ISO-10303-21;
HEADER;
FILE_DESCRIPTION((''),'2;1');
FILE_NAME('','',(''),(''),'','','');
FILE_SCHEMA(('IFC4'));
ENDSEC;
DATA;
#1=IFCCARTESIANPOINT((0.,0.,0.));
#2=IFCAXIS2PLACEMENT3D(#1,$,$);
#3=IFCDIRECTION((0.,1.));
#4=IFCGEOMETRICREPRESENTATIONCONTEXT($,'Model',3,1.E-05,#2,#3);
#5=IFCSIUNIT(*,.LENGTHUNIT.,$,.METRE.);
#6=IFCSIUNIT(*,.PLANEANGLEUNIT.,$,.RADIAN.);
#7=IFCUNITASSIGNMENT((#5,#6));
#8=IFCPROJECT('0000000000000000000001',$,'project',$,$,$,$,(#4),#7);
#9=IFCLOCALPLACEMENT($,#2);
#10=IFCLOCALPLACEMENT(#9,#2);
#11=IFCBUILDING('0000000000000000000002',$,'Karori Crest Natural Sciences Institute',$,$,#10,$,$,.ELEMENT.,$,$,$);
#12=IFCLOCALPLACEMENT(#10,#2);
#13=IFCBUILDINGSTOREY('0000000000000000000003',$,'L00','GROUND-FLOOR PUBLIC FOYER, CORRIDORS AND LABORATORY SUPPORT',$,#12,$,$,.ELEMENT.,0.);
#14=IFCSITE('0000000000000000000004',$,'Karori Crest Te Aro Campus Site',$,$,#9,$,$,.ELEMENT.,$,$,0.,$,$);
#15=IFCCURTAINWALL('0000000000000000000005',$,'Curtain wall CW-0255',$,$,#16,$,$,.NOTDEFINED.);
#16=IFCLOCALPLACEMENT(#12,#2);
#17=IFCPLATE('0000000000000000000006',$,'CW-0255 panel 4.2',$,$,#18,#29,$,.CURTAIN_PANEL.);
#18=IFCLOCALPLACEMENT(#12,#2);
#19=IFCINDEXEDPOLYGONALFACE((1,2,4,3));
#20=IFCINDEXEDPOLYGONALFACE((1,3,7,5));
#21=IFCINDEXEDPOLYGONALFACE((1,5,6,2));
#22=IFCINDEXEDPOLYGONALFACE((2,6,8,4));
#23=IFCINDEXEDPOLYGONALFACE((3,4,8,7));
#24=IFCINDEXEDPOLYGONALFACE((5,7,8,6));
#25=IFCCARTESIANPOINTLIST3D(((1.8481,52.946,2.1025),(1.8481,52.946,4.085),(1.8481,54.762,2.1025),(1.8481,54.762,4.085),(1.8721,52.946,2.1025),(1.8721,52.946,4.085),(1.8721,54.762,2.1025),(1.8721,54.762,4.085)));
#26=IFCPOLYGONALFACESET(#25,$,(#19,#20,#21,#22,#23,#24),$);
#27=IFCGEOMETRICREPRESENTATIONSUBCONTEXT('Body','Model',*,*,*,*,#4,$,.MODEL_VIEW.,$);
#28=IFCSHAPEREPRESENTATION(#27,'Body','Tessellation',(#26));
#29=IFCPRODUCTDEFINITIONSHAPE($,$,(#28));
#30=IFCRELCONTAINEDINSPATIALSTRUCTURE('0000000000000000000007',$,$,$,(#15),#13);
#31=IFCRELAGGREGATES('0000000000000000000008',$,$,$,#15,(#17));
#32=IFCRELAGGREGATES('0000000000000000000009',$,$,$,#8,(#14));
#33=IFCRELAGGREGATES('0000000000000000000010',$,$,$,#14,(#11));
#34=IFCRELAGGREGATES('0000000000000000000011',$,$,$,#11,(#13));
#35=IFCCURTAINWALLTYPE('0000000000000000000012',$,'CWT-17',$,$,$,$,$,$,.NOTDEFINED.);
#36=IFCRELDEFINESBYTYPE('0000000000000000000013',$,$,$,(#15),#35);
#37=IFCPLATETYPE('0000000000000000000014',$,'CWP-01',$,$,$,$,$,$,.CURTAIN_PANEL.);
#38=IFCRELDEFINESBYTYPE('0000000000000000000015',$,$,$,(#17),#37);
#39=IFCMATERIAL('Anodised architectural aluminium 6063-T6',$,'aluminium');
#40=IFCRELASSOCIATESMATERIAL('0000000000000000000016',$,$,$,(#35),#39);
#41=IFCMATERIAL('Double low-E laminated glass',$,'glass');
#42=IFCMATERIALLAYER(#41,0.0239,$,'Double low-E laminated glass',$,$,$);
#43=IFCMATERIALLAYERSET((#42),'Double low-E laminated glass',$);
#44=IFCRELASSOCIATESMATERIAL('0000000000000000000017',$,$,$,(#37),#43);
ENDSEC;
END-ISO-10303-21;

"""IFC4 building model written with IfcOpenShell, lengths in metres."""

from ifc_helpers import new_model, si_unit, direction, frame, origin, origin_2d, place, context, subcontext, project, spatial, rectangle, extrude, material, layer, layer_set, type_object, element, aggregate, save


model = new_model("IFC4")

# Units and contexts
model_context = context("Model", 3, precision=1e-05, world=origin(), true_north=direction((0.0, 1.0)))
body_context = subcontext(model_context, "Body", "Model", "MODEL_VIEW")
ifc_project = project(units=[si_unit("LENGTHUNIT", "METRE"), si_unit("PLANEANGLEUNIT", "RADIAN")], contexts=[model_context])

# Site, building, storey
site_placement = place(None, origin())
site = spatial("IfcSite", under=ifc_project, at=site_placement, Name="Karori Crest Te Aro Campus Site", CompositionType="ELEMENT", RefElevation=0.0)
building_placement = place(site_placement, origin())
building = spatial("IfcBuilding", under=site, at=building_placement, Name="Karori Crest Natural Sciences Institute", CompositionType="ELEMENT")
storey_placement = place(building_placement, origin())
storey = spatial("IfcBuildingStorey", under=building, at=storey_placement, Name="L00", Description="GROUND-FLOOR PUBLIC FOYER, CORRIDORS AND LABORATORY SUPPORT", CompositionType="ELEMENT", Elevation=0.0)

# Curtain wall
ifc_material_1 = material(Name="Anodised architectural aluminium 6063-T6", Category="aluminium")
curtain_wall_type = type_object("IfcCurtainWallType", Name="CWT-17", PredefinedType="NOTDEFINED", material=ifc_material_1)
curtain_wall_1_placement = place(storey_placement, origin())
curtain_wall_1 = element("IfcCurtainWall", 1, at=curtain_wall_1_placement, inside=storey, type_object=curtain_wall_type, Name="Curtain wall CW-0255", PredefinedType="NOTDEFINED")

# Plate
ifc_material_2 = material(Name="Double low-E laminated glass", Category="glass")
ifc_layer = layer(ifc_material_2, 0.0239, Name="Double low-E laminated glass")
ifc_layer_set = layer_set([ifc_layer], Name="Double low-E laminated glass")
plate_type = type_object("IfcPlateType", Name="CWP-01", PredefinedType="CURTAIN_PANEL", material=ifc_layer_set)
plate_1_placement = place(storey_placement, frame((1.8601, 53.854, 2.1025), z_axis=(0.0, 0.0, 1.0), x_axis=(0.0, 1.0, 0.0)))
plate_1 = element("IfcPlate", 2, at=plate_1_placement, type_object=plate_type, Name="CW-0255 panel 4.2", PredefinedType="CURTAIN_PANEL", context=body_context, shape_type="SweptSolid", body=[
    extrude(rectangle(XDim=1.8159, YDim=0.0239, at=origin_2d()), origin(), (0.0, 0.0, 1.0), 1.9824),
])
aggregate(curtain_wall_1, [plate_1])

save(model, "model.ifc")
